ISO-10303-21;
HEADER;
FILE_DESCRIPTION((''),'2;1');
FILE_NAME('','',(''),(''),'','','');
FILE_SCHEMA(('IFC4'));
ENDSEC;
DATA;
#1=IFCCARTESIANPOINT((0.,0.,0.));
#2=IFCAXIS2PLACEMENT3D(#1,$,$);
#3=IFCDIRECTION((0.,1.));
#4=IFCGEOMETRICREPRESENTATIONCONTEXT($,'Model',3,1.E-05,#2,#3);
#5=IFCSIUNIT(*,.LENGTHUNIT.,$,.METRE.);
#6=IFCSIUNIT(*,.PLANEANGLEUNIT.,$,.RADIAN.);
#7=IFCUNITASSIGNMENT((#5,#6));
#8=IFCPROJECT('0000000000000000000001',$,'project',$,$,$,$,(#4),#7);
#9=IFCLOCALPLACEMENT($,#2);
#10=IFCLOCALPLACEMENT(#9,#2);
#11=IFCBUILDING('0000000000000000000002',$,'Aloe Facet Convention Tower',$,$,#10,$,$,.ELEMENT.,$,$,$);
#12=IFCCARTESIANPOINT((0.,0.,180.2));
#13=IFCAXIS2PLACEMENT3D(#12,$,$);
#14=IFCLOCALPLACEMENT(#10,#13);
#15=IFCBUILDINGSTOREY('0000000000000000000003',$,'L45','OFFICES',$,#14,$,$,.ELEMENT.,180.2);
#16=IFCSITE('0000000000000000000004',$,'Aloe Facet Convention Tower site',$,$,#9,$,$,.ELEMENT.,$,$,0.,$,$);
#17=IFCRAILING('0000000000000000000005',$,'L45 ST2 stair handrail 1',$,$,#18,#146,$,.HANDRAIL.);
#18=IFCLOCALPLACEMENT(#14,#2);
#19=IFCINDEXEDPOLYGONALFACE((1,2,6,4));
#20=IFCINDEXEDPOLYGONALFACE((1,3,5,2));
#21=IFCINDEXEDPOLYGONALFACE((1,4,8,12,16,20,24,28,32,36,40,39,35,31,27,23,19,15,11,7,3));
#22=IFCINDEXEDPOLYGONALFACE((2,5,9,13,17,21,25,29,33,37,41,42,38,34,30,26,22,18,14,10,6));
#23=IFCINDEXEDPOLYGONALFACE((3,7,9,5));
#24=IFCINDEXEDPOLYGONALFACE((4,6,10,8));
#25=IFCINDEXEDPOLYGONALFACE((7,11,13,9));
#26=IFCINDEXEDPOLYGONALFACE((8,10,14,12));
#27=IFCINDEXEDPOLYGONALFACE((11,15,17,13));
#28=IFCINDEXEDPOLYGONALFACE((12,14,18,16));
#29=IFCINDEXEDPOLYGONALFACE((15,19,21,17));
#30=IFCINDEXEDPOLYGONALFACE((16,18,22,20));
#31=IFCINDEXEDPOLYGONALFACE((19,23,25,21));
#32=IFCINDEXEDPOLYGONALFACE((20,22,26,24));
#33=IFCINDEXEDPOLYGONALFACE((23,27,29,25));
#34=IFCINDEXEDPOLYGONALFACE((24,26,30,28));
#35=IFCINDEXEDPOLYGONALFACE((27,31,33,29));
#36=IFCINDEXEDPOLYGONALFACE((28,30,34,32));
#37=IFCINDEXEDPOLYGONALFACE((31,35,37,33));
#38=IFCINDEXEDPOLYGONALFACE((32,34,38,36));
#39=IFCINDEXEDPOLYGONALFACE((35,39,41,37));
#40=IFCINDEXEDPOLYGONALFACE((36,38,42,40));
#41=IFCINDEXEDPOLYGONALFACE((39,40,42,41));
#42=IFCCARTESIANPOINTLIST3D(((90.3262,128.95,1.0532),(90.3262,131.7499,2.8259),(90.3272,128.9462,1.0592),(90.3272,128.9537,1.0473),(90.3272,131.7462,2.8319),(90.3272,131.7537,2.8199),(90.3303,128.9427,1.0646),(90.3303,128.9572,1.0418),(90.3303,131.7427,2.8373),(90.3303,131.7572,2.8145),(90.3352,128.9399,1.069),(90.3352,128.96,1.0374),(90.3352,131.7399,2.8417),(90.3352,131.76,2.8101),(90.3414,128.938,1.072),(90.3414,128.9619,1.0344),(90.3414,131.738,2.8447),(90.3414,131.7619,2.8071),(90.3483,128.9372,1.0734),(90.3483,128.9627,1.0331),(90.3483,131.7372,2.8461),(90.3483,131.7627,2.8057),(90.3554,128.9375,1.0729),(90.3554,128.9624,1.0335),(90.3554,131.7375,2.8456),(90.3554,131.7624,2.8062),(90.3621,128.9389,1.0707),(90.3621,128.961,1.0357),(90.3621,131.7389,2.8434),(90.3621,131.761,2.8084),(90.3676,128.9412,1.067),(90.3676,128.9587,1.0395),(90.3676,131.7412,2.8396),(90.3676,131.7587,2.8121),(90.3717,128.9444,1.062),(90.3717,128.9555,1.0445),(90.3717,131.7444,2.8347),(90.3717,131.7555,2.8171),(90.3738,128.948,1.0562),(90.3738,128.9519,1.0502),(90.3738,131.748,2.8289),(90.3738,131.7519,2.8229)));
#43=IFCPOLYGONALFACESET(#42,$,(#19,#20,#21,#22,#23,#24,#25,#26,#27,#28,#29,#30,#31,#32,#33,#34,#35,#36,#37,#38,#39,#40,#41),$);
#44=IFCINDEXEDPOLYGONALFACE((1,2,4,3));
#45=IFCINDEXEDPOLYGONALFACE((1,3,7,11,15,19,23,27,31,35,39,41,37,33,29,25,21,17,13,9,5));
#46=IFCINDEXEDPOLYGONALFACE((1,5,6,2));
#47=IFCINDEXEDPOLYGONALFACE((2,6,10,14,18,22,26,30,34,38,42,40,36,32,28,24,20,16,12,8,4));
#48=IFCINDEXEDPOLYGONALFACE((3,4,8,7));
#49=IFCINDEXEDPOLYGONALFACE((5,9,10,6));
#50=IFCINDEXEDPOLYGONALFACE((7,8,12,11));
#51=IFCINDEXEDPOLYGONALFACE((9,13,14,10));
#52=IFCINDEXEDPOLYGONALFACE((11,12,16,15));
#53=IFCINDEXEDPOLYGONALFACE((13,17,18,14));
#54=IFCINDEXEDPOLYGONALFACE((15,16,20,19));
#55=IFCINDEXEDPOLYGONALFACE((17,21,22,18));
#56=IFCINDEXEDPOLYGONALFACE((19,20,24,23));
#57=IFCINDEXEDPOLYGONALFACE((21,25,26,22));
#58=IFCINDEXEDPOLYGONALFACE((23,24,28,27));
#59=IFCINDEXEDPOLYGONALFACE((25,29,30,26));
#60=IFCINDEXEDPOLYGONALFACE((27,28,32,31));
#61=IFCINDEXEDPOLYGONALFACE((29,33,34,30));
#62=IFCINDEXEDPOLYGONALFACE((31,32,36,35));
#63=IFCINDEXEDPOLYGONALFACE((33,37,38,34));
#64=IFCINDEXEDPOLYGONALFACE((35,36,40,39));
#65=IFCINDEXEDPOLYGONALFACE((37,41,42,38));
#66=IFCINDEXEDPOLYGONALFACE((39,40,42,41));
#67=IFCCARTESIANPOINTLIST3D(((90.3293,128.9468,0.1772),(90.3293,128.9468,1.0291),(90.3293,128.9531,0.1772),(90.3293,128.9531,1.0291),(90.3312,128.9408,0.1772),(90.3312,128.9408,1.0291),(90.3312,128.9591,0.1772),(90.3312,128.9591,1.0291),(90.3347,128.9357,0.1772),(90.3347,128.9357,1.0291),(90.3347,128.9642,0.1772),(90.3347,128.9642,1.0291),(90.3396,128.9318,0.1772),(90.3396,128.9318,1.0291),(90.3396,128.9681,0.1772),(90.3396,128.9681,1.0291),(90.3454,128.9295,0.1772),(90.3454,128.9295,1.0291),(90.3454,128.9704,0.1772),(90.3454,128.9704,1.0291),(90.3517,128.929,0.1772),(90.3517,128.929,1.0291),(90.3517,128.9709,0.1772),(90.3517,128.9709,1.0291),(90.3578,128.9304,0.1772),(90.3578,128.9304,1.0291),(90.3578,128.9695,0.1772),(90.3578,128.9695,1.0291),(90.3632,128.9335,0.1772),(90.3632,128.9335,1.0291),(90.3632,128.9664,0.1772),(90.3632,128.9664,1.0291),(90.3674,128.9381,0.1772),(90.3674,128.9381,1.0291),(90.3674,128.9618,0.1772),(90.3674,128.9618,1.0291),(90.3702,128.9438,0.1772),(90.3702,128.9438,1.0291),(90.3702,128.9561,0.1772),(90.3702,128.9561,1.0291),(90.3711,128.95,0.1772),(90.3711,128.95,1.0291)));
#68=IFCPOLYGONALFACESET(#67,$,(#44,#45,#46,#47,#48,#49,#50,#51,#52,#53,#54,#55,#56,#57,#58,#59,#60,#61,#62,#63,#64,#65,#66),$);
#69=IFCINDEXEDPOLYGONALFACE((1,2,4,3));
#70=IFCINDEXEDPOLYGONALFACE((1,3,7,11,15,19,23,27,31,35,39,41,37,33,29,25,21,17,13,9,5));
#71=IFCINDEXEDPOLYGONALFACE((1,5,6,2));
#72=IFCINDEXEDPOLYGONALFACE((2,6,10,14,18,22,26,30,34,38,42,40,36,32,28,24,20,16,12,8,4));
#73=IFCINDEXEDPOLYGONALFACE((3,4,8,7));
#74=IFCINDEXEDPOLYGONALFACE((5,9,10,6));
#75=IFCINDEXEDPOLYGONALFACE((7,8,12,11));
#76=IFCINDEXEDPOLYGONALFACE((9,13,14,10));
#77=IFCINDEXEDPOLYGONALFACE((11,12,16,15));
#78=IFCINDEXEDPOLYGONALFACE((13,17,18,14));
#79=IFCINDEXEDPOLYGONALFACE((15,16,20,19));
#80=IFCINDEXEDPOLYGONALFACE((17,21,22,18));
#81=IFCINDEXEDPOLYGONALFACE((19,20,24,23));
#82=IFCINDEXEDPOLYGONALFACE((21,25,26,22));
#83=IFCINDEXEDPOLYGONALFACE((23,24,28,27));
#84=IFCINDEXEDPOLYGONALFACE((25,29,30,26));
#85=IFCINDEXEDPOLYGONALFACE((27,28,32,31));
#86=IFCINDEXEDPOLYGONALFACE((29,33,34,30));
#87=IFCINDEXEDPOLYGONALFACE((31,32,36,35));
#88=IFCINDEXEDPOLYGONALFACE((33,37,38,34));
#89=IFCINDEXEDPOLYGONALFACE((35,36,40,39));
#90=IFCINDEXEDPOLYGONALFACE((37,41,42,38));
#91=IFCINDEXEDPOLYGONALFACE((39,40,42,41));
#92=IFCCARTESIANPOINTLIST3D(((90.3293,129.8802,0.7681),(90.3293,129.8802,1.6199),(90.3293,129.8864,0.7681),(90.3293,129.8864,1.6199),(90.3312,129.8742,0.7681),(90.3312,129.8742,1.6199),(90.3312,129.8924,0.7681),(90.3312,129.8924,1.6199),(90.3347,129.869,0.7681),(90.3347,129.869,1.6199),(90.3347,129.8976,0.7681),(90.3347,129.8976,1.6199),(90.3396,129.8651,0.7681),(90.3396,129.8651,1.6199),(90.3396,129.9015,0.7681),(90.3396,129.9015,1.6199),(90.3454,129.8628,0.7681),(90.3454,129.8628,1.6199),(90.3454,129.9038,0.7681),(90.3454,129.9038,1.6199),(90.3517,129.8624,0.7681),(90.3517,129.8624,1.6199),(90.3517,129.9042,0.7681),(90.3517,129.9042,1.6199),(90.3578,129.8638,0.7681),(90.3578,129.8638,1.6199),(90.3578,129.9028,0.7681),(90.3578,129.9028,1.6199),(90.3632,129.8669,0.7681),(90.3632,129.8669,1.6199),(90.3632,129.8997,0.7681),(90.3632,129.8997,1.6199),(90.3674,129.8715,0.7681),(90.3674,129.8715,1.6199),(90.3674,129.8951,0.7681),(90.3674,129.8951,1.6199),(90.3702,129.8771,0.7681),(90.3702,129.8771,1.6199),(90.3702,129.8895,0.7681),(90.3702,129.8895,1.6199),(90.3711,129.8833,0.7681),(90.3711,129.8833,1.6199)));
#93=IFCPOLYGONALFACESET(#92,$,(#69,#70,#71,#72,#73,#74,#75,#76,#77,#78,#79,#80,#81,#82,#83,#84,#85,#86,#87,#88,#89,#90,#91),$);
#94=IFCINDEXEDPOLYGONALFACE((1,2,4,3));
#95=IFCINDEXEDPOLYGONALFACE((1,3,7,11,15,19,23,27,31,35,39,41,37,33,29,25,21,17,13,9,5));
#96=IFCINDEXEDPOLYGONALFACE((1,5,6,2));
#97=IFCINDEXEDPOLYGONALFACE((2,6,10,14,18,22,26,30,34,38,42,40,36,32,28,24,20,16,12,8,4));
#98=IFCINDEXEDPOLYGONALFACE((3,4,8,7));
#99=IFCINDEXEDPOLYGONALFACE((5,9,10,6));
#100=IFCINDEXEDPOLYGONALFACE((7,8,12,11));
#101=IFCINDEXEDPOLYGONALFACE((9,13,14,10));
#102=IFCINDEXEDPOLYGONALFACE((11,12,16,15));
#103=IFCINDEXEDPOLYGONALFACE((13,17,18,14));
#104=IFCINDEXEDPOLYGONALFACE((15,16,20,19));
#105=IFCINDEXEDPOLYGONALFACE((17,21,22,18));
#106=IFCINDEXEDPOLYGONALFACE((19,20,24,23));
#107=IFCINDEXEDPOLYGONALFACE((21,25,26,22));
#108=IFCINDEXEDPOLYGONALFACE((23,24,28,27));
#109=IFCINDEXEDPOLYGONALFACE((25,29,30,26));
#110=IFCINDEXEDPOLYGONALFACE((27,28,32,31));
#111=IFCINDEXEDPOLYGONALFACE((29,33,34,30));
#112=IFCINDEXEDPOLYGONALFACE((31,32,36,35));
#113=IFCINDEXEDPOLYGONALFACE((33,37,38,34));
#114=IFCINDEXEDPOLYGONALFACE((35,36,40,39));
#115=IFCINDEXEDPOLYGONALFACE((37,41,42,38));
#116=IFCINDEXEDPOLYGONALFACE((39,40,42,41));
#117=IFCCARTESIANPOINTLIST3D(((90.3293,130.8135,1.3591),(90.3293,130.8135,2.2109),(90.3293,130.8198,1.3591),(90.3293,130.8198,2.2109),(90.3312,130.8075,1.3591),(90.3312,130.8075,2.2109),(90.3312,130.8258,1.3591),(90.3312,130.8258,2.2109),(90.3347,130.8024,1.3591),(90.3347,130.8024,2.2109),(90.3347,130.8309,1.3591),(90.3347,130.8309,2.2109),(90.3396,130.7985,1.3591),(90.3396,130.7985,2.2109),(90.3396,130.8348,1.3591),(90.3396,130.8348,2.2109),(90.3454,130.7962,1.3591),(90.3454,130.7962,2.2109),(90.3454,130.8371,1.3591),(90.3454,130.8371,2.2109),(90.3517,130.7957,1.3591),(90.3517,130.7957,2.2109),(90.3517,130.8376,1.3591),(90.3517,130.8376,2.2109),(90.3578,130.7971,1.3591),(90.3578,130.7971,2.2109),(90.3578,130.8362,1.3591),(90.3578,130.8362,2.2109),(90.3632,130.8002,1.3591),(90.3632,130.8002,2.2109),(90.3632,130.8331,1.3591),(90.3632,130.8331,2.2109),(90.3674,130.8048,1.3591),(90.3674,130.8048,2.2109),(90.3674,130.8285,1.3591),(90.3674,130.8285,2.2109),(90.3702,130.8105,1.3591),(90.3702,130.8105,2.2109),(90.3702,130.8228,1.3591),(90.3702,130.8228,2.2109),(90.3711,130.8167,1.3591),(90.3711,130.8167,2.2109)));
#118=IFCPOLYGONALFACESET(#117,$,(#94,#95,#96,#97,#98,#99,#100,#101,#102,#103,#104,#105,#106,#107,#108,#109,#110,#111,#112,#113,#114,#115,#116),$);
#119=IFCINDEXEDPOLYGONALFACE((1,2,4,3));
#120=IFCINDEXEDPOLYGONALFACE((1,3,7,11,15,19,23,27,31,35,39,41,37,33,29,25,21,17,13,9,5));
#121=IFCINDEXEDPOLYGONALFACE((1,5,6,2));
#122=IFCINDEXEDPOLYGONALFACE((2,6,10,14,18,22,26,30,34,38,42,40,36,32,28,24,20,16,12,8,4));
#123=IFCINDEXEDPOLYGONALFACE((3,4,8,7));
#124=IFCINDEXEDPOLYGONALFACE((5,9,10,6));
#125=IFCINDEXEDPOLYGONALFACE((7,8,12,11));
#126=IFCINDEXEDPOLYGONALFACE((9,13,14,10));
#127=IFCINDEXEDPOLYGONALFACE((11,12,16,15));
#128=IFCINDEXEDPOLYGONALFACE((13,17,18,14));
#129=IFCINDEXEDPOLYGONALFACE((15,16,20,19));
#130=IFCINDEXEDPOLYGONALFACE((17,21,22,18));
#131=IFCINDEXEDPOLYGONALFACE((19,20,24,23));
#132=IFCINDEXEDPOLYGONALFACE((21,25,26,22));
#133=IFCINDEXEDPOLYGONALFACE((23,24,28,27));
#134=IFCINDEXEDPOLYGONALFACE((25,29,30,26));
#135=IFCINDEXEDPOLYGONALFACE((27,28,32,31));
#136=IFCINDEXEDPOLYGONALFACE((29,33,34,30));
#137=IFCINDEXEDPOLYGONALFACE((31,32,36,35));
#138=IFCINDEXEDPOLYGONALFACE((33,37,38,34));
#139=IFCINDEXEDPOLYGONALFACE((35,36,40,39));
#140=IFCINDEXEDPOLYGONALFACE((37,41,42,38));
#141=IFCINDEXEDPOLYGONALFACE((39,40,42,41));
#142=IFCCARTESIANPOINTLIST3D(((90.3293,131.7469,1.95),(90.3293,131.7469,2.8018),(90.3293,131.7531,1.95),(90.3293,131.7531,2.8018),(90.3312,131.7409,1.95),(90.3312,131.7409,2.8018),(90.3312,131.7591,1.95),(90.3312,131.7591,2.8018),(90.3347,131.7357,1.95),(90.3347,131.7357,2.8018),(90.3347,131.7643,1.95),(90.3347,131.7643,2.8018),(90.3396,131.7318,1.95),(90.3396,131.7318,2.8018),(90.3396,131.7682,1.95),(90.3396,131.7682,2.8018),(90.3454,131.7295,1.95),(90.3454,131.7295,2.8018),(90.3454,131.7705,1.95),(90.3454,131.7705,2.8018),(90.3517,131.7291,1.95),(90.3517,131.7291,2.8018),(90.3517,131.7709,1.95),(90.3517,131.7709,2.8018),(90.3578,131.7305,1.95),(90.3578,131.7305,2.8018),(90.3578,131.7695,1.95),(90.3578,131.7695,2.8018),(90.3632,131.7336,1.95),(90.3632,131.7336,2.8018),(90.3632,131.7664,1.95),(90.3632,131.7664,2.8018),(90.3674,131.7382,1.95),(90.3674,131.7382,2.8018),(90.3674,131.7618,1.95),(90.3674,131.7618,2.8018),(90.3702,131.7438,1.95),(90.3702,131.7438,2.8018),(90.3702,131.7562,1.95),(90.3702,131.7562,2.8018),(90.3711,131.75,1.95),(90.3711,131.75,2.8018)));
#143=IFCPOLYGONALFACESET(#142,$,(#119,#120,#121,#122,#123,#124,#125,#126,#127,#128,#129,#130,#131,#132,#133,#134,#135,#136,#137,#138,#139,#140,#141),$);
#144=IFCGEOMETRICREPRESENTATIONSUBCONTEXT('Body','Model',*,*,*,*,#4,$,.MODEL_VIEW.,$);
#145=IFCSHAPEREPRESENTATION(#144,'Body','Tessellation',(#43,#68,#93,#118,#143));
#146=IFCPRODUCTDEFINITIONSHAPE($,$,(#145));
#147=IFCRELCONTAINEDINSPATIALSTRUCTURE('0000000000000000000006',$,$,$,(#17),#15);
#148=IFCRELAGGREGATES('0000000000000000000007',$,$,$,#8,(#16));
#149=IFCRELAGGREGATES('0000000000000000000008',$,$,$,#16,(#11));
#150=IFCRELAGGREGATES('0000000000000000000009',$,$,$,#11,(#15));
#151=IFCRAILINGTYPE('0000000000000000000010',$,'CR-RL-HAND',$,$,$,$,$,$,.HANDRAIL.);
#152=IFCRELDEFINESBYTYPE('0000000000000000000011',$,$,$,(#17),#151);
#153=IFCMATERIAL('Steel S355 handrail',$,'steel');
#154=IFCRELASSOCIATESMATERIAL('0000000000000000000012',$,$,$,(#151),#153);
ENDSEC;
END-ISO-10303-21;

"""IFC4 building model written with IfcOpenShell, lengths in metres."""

from ifc_helpers import new_model, si_unit, direction, frame, origin, origin_2d, place, context, subcontext, project, spatial, circle, extrude, material, type_object, element, save


model = new_model("IFC4")

# Units and contexts
model_context = context("Model", 3, precision=1e-05, world=origin(), true_north=direction((0.0, 1.0)))
body_context = subcontext(model_context, "Body", "Model", "MODEL_VIEW")
ifc_project = project(units=[si_unit("LENGTHUNIT", "METRE"), si_unit("PLANEANGLEUNIT", "RADIAN")], contexts=[model_context])

# Site, building, storey
site_placement = place(None, origin())
site = spatial("IfcSite", under=ifc_project, at=site_placement, Name="Aloe Facet Convention Tower site", CompositionType="ELEMENT", RefElevation=0.0)
building_placement = place(site_placement, origin())
building = spatial("IfcBuilding", under=site, at=building_placement, Name="Aloe Facet Convention Tower", CompositionType="ELEMENT")
storey_placement = place(building_placement, frame((0.0, 0.0, 180.2)))
storey = spatial("IfcBuildingStorey", under=building, at=storey_placement, Name="L45", Description="OFFICES", CompositionType="ELEMENT", Elevation=180.2)

# Railing
ifc_material_1 = material(Name="Steel S355 handrail", Category="steel")
railing_type_1 = type_object("IfcRailingType", Name="CR-RL-HAND", PredefinedType="HANDRAIL", material=ifc_material_1)
railing_1_placement = place(storey_placement, frame((90.3501, 128.95, 0.1772)))
element("IfcRailing", 1, at=railing_1_placement, inside=storey, type_object=railing_type_1, Name="L45 ST2 stair handrail 1", PredefinedType="HANDRAIL", context=body_context, shape_type="SweptSolid", body=[
    extrude(circle(Radius=0.0239, at=origin_2d()), frame((0.0, 0.0, 0.876), z_axis=(0.0, 0.844909, 0.53491), x_axis=(-1.0, 0.0, 0.0)), (0.0, 0.0, 1.0), 3.314),
    extrude(circle(Radius=0.021, at=origin_2d()), origin(), (0.0, 0.0, 1.0), 0.8518),
    extrude(circle(Radius=0.021, at=origin_2d()), frame((0.0, 0.9333, 0.5908)), (0.0, 0.0, 1.0), 0.8518),
    extrude(circle(Radius=0.021, at=origin_2d()), frame((0.0, 1.8667, 1.1819)), (0.0, 0.0, 1.0), 0.8518),
    extrude(circle(Radius=0.021, at=origin_2d()), frame((0.0, 2.8, 1.7727)), (0.0, 0.0, 1.0), 0.8518),
])

save(model, "model.ifc")
